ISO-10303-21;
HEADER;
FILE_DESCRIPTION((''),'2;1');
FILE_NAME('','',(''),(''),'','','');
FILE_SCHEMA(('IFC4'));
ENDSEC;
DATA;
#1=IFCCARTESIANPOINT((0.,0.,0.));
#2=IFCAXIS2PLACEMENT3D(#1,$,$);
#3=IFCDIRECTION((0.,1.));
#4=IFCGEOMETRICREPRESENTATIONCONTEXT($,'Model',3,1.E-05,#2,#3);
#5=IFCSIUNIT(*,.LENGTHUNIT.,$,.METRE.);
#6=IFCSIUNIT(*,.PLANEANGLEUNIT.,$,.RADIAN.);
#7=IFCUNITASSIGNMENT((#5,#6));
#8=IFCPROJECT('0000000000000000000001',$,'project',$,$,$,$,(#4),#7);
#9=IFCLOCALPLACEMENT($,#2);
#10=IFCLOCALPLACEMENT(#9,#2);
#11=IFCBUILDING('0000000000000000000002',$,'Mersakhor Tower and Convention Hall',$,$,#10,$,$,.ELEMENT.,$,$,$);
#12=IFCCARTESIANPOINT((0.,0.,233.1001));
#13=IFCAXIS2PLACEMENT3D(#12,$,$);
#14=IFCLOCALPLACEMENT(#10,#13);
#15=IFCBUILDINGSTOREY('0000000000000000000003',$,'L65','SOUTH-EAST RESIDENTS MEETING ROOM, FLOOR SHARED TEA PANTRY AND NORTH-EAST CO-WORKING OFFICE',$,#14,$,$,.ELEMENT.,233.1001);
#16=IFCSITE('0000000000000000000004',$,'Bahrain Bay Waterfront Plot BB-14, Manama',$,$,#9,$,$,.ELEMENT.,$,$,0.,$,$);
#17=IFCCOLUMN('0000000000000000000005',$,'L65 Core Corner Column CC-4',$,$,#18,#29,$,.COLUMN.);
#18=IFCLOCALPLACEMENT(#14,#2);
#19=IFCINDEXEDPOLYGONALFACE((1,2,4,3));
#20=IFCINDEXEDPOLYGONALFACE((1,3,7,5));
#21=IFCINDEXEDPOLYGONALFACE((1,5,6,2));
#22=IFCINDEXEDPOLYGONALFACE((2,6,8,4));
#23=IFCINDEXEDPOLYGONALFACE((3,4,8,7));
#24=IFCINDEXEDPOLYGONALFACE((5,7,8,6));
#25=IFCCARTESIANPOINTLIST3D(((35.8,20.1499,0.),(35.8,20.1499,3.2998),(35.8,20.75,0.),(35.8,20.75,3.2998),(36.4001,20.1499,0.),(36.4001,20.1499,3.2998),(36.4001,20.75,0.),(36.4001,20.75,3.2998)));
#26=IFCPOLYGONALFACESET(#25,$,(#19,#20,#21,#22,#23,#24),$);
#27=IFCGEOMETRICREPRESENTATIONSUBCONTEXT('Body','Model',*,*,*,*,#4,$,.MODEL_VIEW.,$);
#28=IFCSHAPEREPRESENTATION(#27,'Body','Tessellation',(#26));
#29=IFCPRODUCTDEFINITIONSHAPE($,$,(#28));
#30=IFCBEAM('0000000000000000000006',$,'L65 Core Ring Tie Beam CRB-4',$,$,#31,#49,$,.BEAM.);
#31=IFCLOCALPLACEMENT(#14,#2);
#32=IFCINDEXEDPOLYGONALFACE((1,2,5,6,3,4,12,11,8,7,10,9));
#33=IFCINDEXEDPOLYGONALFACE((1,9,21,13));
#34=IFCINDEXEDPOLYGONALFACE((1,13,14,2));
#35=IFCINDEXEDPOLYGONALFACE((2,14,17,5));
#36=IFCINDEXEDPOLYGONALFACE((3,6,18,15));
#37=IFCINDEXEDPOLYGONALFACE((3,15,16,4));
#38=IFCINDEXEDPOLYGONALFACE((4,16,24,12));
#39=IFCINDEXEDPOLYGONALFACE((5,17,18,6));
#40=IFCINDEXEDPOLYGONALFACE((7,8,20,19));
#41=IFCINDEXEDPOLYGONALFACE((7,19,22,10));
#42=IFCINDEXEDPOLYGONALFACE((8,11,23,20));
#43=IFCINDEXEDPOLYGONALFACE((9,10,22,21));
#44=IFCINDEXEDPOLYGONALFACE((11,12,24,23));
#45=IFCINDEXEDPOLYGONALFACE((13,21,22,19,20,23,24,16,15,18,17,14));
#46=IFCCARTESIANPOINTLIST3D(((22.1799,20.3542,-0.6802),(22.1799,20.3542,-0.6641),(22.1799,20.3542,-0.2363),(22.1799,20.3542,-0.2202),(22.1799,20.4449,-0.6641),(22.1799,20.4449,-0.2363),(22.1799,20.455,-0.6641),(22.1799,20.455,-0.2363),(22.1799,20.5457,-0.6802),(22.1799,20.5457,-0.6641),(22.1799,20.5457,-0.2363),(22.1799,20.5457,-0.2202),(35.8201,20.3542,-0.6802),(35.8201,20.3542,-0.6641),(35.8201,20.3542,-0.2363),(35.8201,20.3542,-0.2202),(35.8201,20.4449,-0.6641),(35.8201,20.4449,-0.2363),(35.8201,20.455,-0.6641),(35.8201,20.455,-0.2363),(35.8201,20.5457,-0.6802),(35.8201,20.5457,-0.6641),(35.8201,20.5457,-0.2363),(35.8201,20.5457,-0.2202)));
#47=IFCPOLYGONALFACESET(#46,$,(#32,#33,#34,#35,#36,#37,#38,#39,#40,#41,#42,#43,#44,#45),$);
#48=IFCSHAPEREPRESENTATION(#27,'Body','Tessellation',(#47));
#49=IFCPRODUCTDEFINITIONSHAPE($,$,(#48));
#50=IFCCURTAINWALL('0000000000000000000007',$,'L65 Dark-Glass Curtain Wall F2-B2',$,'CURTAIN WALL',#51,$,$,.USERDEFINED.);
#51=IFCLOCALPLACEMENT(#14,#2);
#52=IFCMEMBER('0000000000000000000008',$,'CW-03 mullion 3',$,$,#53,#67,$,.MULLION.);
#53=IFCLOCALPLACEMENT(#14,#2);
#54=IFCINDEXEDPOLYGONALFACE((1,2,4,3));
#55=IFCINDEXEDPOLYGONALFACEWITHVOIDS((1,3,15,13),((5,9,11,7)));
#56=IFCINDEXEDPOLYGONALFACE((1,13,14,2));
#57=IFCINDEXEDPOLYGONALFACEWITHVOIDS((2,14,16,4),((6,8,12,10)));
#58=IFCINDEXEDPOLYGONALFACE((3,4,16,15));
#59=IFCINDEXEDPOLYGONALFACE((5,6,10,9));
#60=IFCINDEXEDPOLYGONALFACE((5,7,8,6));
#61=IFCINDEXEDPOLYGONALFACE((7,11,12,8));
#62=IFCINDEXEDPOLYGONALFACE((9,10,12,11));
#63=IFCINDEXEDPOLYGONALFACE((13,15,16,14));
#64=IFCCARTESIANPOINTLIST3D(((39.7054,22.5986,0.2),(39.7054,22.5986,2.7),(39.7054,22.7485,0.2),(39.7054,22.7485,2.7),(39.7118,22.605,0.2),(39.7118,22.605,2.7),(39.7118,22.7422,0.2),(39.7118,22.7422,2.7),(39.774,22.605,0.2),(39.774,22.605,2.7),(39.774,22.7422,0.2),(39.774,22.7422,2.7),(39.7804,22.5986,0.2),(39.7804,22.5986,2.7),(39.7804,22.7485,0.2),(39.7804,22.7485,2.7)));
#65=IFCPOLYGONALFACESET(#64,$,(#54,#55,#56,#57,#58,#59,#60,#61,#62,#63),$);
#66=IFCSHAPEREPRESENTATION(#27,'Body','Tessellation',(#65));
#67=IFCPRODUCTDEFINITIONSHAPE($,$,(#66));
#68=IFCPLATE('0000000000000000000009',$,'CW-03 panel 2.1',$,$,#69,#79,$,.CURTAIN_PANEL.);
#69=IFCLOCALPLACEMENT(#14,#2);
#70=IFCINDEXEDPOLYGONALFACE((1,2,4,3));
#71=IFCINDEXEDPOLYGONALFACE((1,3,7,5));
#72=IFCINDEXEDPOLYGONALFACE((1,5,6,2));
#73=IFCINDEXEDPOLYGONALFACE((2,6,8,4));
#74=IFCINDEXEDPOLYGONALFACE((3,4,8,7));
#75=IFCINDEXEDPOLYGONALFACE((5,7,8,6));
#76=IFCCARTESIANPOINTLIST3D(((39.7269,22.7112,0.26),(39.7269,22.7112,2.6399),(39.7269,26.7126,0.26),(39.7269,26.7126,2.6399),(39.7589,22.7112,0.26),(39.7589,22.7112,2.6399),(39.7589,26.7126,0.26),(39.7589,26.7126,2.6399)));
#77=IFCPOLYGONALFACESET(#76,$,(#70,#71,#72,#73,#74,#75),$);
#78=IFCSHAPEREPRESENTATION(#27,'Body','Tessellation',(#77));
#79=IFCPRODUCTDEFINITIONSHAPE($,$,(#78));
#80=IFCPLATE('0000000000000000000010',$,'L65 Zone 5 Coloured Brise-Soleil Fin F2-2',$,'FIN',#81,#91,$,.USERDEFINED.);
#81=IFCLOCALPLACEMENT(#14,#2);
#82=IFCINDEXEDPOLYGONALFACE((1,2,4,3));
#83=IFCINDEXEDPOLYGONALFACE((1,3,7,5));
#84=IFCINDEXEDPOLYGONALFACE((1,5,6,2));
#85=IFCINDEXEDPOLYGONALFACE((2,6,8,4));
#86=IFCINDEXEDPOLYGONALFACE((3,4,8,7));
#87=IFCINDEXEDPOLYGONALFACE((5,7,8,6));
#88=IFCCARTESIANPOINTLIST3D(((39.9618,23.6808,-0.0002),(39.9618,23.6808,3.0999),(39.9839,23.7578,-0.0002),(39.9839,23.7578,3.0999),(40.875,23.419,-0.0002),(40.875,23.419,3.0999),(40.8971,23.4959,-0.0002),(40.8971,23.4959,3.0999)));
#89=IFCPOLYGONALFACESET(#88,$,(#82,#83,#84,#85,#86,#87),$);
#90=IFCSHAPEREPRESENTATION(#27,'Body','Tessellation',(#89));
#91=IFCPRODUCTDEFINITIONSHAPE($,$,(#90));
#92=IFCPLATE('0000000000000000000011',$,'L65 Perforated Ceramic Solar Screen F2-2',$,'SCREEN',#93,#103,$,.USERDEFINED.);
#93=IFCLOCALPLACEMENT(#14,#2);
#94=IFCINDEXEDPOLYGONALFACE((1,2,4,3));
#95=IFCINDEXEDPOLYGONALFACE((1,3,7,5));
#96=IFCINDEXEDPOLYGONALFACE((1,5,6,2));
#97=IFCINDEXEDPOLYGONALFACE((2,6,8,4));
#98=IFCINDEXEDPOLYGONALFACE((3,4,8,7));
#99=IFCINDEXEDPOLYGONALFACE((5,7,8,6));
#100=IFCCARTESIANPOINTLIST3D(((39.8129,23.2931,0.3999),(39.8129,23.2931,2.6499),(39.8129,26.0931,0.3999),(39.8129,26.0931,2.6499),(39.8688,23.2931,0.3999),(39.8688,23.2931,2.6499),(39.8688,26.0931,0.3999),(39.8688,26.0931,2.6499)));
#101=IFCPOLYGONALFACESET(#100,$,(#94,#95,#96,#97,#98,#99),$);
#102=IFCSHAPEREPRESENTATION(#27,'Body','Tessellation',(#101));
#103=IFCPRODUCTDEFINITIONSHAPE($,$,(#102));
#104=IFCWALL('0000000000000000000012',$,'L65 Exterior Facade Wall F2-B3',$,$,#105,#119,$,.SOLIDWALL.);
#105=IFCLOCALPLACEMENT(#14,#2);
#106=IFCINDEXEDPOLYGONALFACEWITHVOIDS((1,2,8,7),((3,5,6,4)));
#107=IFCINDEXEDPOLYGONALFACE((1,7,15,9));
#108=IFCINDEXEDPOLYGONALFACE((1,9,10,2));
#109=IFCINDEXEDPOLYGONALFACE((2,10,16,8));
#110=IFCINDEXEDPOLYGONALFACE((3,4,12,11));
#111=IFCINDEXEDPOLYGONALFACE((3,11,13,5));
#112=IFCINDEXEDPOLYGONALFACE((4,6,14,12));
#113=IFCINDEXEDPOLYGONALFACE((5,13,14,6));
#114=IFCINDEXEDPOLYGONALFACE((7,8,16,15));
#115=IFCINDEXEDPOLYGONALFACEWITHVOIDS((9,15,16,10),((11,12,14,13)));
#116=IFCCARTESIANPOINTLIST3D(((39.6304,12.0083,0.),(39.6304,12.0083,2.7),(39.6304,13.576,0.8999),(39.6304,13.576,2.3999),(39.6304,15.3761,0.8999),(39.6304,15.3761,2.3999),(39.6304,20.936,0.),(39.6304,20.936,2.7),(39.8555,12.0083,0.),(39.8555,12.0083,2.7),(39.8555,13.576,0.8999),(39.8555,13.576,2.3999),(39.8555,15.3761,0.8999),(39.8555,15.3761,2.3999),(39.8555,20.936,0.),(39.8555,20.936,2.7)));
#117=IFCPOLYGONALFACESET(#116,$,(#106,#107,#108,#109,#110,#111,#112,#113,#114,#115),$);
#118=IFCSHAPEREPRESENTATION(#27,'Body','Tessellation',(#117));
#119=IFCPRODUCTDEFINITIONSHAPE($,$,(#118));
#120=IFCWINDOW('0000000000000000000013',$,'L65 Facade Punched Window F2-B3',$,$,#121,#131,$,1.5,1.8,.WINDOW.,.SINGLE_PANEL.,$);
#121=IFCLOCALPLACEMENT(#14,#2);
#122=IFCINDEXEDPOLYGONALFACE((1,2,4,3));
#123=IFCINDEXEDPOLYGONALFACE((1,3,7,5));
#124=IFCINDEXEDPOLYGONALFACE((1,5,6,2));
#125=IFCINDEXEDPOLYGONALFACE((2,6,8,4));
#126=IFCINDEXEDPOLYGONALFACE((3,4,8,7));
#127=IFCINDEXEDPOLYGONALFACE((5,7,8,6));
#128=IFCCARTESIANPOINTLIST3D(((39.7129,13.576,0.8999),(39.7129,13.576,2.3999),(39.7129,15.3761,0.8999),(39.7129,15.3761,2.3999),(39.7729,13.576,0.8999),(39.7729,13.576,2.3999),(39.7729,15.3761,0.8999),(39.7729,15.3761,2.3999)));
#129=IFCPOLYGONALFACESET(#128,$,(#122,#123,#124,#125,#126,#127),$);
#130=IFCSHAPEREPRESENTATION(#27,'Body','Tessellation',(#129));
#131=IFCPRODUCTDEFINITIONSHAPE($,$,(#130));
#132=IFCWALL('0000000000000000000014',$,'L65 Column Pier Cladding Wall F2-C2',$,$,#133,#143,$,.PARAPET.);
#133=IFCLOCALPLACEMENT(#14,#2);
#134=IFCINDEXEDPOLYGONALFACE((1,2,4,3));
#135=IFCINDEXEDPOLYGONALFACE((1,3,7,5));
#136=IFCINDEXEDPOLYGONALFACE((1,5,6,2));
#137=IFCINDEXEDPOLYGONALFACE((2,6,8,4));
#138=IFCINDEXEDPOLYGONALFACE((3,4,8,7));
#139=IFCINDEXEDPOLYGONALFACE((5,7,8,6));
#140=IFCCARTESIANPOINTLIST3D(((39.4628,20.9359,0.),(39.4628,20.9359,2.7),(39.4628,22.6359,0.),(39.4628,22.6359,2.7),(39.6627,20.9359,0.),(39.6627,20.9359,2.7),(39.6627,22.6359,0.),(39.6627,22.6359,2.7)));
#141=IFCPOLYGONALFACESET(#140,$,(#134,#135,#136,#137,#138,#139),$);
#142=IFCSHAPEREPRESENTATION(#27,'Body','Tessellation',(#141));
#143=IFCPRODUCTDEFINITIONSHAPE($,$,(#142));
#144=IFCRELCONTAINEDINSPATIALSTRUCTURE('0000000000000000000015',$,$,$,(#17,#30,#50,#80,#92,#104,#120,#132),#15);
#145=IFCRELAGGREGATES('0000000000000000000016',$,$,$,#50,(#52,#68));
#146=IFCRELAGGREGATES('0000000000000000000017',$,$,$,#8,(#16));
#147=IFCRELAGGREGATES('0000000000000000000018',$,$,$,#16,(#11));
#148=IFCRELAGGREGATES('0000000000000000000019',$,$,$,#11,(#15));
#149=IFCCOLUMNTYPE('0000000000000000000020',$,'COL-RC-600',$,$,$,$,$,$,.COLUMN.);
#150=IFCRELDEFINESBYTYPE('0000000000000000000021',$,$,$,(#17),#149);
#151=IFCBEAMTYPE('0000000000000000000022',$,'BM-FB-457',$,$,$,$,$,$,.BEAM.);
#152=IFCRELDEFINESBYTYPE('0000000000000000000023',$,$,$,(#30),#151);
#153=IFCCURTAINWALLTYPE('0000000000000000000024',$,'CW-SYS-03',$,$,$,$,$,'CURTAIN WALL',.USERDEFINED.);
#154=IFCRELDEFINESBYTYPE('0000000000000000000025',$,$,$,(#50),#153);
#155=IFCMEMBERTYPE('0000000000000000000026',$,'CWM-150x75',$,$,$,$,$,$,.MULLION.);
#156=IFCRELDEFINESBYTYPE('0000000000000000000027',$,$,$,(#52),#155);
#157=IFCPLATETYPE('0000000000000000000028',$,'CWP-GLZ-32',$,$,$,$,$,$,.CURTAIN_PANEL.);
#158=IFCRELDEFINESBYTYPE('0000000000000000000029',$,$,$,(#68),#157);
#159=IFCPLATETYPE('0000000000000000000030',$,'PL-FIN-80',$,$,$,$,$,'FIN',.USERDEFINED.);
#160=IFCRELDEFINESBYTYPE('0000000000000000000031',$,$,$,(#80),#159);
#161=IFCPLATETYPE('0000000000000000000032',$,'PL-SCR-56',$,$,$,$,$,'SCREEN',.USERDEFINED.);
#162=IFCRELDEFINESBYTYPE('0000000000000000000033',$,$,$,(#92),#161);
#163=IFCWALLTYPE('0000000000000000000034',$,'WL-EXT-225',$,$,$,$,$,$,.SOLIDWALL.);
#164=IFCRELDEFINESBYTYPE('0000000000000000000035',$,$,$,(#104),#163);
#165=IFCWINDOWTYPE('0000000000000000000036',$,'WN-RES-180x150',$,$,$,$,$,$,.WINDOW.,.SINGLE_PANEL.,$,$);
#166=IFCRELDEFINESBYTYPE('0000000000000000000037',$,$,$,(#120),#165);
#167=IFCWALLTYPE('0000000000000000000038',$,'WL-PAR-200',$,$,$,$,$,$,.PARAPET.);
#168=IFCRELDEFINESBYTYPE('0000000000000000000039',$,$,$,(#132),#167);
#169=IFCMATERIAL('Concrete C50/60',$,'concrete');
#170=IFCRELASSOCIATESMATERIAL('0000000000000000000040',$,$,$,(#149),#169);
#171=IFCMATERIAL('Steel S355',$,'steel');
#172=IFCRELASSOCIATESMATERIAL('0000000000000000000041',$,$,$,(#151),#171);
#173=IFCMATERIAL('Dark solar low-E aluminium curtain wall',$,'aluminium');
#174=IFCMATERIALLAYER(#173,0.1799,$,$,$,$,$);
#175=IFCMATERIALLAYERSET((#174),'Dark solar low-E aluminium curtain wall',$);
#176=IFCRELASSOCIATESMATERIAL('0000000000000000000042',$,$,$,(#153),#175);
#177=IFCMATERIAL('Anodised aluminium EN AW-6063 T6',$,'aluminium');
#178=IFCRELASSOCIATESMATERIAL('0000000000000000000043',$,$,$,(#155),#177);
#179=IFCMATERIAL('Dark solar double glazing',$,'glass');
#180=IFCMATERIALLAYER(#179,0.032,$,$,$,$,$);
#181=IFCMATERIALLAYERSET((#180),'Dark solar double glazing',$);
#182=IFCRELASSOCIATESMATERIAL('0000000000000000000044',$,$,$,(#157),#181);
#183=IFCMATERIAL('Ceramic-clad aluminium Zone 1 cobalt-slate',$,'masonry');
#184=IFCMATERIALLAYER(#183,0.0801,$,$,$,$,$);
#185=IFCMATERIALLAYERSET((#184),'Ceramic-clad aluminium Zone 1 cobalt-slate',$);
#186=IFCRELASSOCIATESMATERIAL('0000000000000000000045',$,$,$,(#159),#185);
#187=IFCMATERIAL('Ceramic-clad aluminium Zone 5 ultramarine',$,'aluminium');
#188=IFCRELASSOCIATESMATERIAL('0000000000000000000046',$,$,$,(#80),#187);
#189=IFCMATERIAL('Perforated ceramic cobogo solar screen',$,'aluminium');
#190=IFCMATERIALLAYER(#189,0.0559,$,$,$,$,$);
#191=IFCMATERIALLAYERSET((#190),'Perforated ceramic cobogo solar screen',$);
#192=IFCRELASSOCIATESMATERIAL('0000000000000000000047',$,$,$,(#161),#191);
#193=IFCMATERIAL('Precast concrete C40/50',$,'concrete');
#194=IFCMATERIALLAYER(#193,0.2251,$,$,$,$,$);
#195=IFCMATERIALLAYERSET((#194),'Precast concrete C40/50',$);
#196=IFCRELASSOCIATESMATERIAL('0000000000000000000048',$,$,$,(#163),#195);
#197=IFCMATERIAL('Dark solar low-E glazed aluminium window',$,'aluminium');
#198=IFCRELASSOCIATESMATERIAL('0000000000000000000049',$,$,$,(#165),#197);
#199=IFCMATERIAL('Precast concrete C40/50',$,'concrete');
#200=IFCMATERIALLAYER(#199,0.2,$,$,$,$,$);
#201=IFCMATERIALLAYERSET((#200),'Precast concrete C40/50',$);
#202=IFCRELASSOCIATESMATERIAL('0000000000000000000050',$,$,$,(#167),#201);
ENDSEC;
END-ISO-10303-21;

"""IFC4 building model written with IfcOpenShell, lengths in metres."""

from ifc_helpers import new_model, si_unit, direction, frame, frame_2d, origin, origin_2d, place, context, subcontext, project, spatial, rectangle, hollow_rectangle, i_section, extrude, material, layer, layer_set, material_profile, profile_set, type_object, element, fill, aggregate, save


model = new_model("IFC4")

# Units and contexts
model_context = context("Model", 3, precision=1e-05, world=origin(), true_north=direction((0.0, 1.0)))
body_context = subcontext(model_context, "Body", "Model", "MODEL_VIEW")
ifc_project = project(units=[si_unit("LENGTHUNIT", "METRE"), si_unit("PLANEANGLEUNIT", "RADIAN")], contexts=[model_context])

# Site, building, storey
site_placement = place(None, origin())
site = spatial("IfcSite", under=ifc_project, at=site_placement, Name="Bahrain Bay Waterfront Plot BB-14, Manama", CompositionType="ELEMENT", RefElevation=0.0)
building_placement = place(site_placement, origin())
building = spatial("IfcBuilding", under=site, at=building_placement, Name="Mersakhor Tower and Convention Hall", CompositionType="ELEMENT")
storey_placement = place(building_placement, frame((0.0, 0.0, 233.1001)))
storey = spatial("IfcBuildingStorey", under=building, at=storey_placement, Name="L65", Description="SOUTH-EAST RESIDENTS MEETING ROOM, FLOOR SHARED TEA PANTRY AND NORTH-EAST CO-WORKING OFFICE", CompositionType="ELEMENT", Elevation=233.1001)

# Column
ifc_material_1 = material(Name="Concrete C50/60", Category="concrete")
ifc_material_profile_1 = material_profile(ifc_material_1, rectangle(XDim=0.6001, YDim=0.6001, at=origin_2d()), Name="RC 600x600")
ifc_profile_set_1 = profile_set([ifc_material_profile_1], Name="Concrete C50/60")
column_type = type_object("IfcColumnType", Name="COL-RC-600", PredefinedType="COLUMN", material=ifc_profile_set_1)
column_placement = place(storey_placement, frame((36.1001, 20.45, 0.0), z_axis=(0.0, 0.0, 1.0), x_axis=(1.0, 0.0, 0.0)))
element("IfcColumn", 1, at=column_placement, inside=storey, type_object=column_type, Name="L65 Core Corner Column CC-4", PredefinedType="COLUMN", context=body_context, shape_type="SweptSolid", body=[
    extrude(rectangle(XDim=0.6001, YDim=0.6001, at=origin_2d()), origin(), (0.0, 0.0, 1.0), 3.2998),
])

# Beam
ifc_material_2 = material(Name="Steel S355", Category="steel")
ifc_material_profile_2 = material_profile(ifc_material_2, i_section(OverallWidth=0.1914, OverallDepth=0.46, WebThickness=0.01, FlangeThickness=0.0161, at=origin_2d()), Name="UB 457x191x82")
ifc_profile_set_2 = profile_set([ifc_material_profile_2], Name="Steel S355")
beam_type = type_object("IfcBeamType", Name="BM-FB-457", PredefinedType="BEAM", material=ifc_profile_set_2)
beam_placement = place(storey_placement, frame((35.8201, 20.45, -0.4502), z_axis=(-1.0, 0.0, 0.0), x_axis=(0.0, -1.0, 0.0)))
element("IfcBeam", 2, at=beam_placement, inside=storey, type_object=beam_type, Name="L65 Core Ring Tie Beam CRB-4", PredefinedType="BEAM", context=body_context, shape_type="SweptSolid", body=[
    extrude(i_section(OverallWidth=0.1914, OverallDepth=0.46, WebThickness=0.01, FlangeThickness=0.0161, at=origin_2d()), origin(), (0.0, 0.0, 1.0), 13.6401),
])

# Curtain wall, member, plate
ifc_material_3 = material(Name="Dark solar low-E aluminium curtain wall", Category="aluminium")
ifc_layer_1 = layer(ifc_material_3, 0.1799)
ifc_layer_set_1 = layer_set([ifc_layer_1], Name="Dark solar low-E aluminium curtain wall")
curtain_wall_type = type_object("IfcCurtainWallType", Name="CW-SYS-03", ElementType="CURTAIN WALL", PredefinedType="USERDEFINED", material=ifc_layer_set_1)
curtain_wall_placement = place(storey_placement, origin())
curtain_wall = element("IfcCurtainWall", 3, at=curtain_wall_placement, inside=storey, type_object=curtain_wall_type, Name="L65 Dark-Glass Curtain Wall F2-B2", ObjectType="CURTAIN WALL", PredefinedType="USERDEFINED")
ifc_material_4 = material(Name="Anodised aluminium EN AW-6063 T6", Category="aluminium")
ifc_material_profile_3 = material_profile(ifc_material_4, hollow_rectangle(XDim=0.075, YDim=0.1499, WallThickness=0.0063, at=origin_2d()), Name="RHS 150x75x6.3")
ifc_profile_set_3 = profile_set([ifc_material_profile_3], Name="Anodised aluminium EN AW-6063 T6")
member_type = type_object("IfcMemberType", Name="CWM-150x75", PredefinedType="MULLION", material=ifc_profile_set_3)
member_placement = place(storey_placement, frame((39.7429, 22.6736, 0.2), z_axis=(0.0, 0.0, 1.0), x_axis=(1.0, 0.0, 0.0)))
member = element("IfcMember", 4, at=member_placement, type_object=member_type, Name="CW-03 mullion 3", PredefinedType="MULLION", context=body_context, shape_type="SweptSolid", body=[
    extrude(hollow_rectangle(XDim=0.075, YDim=0.1499, WallThickness=0.0063, at=origin_2d()), origin(), (0.0, 0.0, 1.0), 2.5),
])
ifc_material_5 = material(Name="Dark solar double glazing", Category="glass")
ifc_layer_2 = layer(ifc_material_5, 0.032)
ifc_layer_set_2 = layer_set([ifc_layer_2], Name="Dark solar double glazing")
plate_type_1 = type_object("IfcPlateType", Name="CWP-GLZ-32", PredefinedType="CURTAIN_PANEL", material=ifc_layer_set_2)
plate_1_placement = place(storey_placement, frame((39.7429, 24.7119, 0.26), z_axis=(0.0, 0.0, 1.0), x_axis=(0.0, -1.0, 0.0)))
plate_1 = element("IfcPlate", 5, at=plate_1_placement, type_object=plate_type_1, Name="CW-03 panel 2.1", PredefinedType="CURTAIN_PANEL", context=body_context, shape_type="SweptSolid", body=[
    extrude(rectangle(XDim=4.0015, YDim=0.032, at=origin_2d()), origin(), (0.0, 0.0, 1.0), 2.3799),
])
aggregate(curtain_wall, [member, plate_1])

# Plates
ifc_material_6 = material(Name="Ceramic-clad aluminium Zone 5 ultramarine", Category="aluminium")
ifc_material_7 = material(Name="Ceramic-clad aluminium Zone 1 cobalt-slate", Category="masonry")
ifc_layer_3 = layer(ifc_material_7, 0.0801)
ifc_layer_set_3 = layer_set([ifc_layer_3], Name="Ceramic-clad aluminium Zone 1 cobalt-slate")
plate_type_2 = type_object("IfcPlateType", Name="PL-FIN-80", ElementType="FIN", PredefinedType="USERDEFINED", material=ifc_layer_set_3)
plate_2_placement = place(storey_placement, frame((40.4294, 23.5884, -0.0002), z_axis=(0.0, 0.0, 1.0), x_axis=(0.961262, -0.275637, 0.0)))
element("IfcPlate", 6, at=plate_2_placement, inside=storey, type_object=plate_type_2, material=ifc_material_6, Name="L65 Zone 5 Coloured Brise-Soleil Fin F2-2", ObjectType="FIN", PredefinedType="USERDEFINED", context=body_context, shape_type="SweptSolid", body=[
    extrude(rectangle(XDim=0.95, YDim=0.0801, at=origin_2d()), origin(), (0.0, 0.0, 1.0), 3.1001),
])
ifc_material_8 = material(Name="Perforated ceramic cobogo solar screen", Category="aluminium")
ifc_layer_4 = layer(ifc_material_8, 0.0559)
ifc_layer_set_4 = layer_set([ifc_layer_4], Name="Perforated ceramic cobogo solar screen")
plate_type_3 = type_object("IfcPlateType", Name="PL-SCR-56", ElementType="SCREEN", PredefinedType="USERDEFINED", material=ifc_layer_set_4)
plate_3_placement = place(storey_placement, frame((39.8408, 24.6931, 0.3999), z_axis=(0.0, 0.0, 1.0), x_axis=(0.0, -1.0, 0.0)))
element("IfcPlate", 7, at=plate_3_placement, inside=storey, type_object=plate_type_3, Name="L65 Perforated Ceramic Solar Screen F2-2", ObjectType="SCREEN", PredefinedType="USERDEFINED", context=body_context, shape_type="SweptSolid", body=[
    extrude(rectangle(XDim=2.8, YDim=0.0559, at=origin_2d()), origin(), (0.0, 0.0, 1.0), 2.25),
])

# Wall, opening, window
ifc_material_9 = material(Name="Precast concrete C40/50", Category="concrete")
ifc_layer_5 = layer(ifc_material_9, 0.2251)
ifc_layer_set_5 = layer_set([ifc_layer_5], Name="Precast concrete C40/50")
wall_type_1 = type_object("IfcWallType", Name="WL-EXT-225", PredefinedType="SOLIDWALL", material=ifc_layer_set_5)
wall_1_placement = place(storey_placement, frame((39.7429, 20.936, 0.0), z_axis=(0.0, 0.0, 1.0), x_axis=(0.0, -1.0, 0.0)))
wall_1 = element("IfcWall", 8, at=wall_1_placement, inside=storey, type_object=wall_type_1, Name="L65 Exterior Facade Wall F2-B3", PredefinedType="SOLIDWALL", context=body_context, shape_type="SweptSolid", body=[
    extrude(rectangle(XDim=8.9277, YDim=0.2251, at=frame_2d((4.4639, 0.0))), origin(), (0.0, 0.0, 1.0), 2.7),
])
opening_1_placement = place(wall_1_placement, frame((5.5601, 0.0, 0.8999)))
opening_1 = element("IfcOpeningElement", 9, at=opening_1_placement, cuts=wall_1, PredefinedType="OPENING", context=body_context, shape_type="SweptSolid", body=[
    extrude(rectangle(XDim=1.8, YDim=1.5, at=frame_2d((0.8999, 0.75))), frame((0.0, 0.1226, 0.0), z_axis=(0.0, -1.0, 0.0), x_axis=(1.0, 0.0, 0.0)), (0.0, 0.0, 1.0), 0.2451),
])
ifc_material_10 = material(Name="Dark solar low-E glazed aluminium window", Category="aluminium")
window_type = type_object("IfcWindowType", Name="WN-RES-180x150", PartitioningType="SINGLE_PANEL", PredefinedType="WINDOW", material=ifc_material_10)
window_placement = place(opening_1_placement, origin())
window = element("IfcWindow", 10, at=window_placement, inside=storey, type_object=window_type, Name="L65 Facade Punched Window F2-B3", OverallHeight=1.5, OverallWidth=1.8, PartitioningType="SINGLE_PANEL", PredefinedType="WINDOW", context=body_context, shape_type="SweptSolid", body=[
    extrude(rectangle(XDim=1.8, YDim=1.5, at=frame_2d((0.8999, 0.75))), frame((0.0, 0.03, 0.0), z_axis=(0.0, -1.0, 0.0), x_axis=(1.0, 0.0, 0.0)), (0.0, 0.0, 1.0), 0.0601),
])
fill(opening_1, window)

# Wall
ifc_material_11 = material(Name="Precast concrete C40/50", Category="concrete")
ifc_layer_6 = layer(ifc_material_11, 0.2)
ifc_layer_set_6 = layer_set([ifc_layer_6], Name="Precast concrete C40/50")
wall_type_2 = type_object("IfcWallType", Name="WL-PAR-200", PredefinedType="PARAPET", material=ifc_layer_set_6)
wall_2_placement = place(storey_placement, frame((39.5627, 22.636, 0.0), z_axis=(0.0, 0.0, 1.0), x_axis=(0.0, -1.0, 0.0)))
element("IfcWall", 11, at=wall_2_placement, inside=storey, type_object=wall_type_2, Name="L65 Column Pier Cladding Wall F2-C2", PredefinedType="PARAPET", context=body_context, shape_type="SweptSolid", body=[
    extrude(rectangle(XDim=1.7, YDim=0.2, at=frame_2d((0.8501, 0.0))), origin(), (0.0, 0.0, 1.0), 2.7),
])

save(model, "model.ifc")
